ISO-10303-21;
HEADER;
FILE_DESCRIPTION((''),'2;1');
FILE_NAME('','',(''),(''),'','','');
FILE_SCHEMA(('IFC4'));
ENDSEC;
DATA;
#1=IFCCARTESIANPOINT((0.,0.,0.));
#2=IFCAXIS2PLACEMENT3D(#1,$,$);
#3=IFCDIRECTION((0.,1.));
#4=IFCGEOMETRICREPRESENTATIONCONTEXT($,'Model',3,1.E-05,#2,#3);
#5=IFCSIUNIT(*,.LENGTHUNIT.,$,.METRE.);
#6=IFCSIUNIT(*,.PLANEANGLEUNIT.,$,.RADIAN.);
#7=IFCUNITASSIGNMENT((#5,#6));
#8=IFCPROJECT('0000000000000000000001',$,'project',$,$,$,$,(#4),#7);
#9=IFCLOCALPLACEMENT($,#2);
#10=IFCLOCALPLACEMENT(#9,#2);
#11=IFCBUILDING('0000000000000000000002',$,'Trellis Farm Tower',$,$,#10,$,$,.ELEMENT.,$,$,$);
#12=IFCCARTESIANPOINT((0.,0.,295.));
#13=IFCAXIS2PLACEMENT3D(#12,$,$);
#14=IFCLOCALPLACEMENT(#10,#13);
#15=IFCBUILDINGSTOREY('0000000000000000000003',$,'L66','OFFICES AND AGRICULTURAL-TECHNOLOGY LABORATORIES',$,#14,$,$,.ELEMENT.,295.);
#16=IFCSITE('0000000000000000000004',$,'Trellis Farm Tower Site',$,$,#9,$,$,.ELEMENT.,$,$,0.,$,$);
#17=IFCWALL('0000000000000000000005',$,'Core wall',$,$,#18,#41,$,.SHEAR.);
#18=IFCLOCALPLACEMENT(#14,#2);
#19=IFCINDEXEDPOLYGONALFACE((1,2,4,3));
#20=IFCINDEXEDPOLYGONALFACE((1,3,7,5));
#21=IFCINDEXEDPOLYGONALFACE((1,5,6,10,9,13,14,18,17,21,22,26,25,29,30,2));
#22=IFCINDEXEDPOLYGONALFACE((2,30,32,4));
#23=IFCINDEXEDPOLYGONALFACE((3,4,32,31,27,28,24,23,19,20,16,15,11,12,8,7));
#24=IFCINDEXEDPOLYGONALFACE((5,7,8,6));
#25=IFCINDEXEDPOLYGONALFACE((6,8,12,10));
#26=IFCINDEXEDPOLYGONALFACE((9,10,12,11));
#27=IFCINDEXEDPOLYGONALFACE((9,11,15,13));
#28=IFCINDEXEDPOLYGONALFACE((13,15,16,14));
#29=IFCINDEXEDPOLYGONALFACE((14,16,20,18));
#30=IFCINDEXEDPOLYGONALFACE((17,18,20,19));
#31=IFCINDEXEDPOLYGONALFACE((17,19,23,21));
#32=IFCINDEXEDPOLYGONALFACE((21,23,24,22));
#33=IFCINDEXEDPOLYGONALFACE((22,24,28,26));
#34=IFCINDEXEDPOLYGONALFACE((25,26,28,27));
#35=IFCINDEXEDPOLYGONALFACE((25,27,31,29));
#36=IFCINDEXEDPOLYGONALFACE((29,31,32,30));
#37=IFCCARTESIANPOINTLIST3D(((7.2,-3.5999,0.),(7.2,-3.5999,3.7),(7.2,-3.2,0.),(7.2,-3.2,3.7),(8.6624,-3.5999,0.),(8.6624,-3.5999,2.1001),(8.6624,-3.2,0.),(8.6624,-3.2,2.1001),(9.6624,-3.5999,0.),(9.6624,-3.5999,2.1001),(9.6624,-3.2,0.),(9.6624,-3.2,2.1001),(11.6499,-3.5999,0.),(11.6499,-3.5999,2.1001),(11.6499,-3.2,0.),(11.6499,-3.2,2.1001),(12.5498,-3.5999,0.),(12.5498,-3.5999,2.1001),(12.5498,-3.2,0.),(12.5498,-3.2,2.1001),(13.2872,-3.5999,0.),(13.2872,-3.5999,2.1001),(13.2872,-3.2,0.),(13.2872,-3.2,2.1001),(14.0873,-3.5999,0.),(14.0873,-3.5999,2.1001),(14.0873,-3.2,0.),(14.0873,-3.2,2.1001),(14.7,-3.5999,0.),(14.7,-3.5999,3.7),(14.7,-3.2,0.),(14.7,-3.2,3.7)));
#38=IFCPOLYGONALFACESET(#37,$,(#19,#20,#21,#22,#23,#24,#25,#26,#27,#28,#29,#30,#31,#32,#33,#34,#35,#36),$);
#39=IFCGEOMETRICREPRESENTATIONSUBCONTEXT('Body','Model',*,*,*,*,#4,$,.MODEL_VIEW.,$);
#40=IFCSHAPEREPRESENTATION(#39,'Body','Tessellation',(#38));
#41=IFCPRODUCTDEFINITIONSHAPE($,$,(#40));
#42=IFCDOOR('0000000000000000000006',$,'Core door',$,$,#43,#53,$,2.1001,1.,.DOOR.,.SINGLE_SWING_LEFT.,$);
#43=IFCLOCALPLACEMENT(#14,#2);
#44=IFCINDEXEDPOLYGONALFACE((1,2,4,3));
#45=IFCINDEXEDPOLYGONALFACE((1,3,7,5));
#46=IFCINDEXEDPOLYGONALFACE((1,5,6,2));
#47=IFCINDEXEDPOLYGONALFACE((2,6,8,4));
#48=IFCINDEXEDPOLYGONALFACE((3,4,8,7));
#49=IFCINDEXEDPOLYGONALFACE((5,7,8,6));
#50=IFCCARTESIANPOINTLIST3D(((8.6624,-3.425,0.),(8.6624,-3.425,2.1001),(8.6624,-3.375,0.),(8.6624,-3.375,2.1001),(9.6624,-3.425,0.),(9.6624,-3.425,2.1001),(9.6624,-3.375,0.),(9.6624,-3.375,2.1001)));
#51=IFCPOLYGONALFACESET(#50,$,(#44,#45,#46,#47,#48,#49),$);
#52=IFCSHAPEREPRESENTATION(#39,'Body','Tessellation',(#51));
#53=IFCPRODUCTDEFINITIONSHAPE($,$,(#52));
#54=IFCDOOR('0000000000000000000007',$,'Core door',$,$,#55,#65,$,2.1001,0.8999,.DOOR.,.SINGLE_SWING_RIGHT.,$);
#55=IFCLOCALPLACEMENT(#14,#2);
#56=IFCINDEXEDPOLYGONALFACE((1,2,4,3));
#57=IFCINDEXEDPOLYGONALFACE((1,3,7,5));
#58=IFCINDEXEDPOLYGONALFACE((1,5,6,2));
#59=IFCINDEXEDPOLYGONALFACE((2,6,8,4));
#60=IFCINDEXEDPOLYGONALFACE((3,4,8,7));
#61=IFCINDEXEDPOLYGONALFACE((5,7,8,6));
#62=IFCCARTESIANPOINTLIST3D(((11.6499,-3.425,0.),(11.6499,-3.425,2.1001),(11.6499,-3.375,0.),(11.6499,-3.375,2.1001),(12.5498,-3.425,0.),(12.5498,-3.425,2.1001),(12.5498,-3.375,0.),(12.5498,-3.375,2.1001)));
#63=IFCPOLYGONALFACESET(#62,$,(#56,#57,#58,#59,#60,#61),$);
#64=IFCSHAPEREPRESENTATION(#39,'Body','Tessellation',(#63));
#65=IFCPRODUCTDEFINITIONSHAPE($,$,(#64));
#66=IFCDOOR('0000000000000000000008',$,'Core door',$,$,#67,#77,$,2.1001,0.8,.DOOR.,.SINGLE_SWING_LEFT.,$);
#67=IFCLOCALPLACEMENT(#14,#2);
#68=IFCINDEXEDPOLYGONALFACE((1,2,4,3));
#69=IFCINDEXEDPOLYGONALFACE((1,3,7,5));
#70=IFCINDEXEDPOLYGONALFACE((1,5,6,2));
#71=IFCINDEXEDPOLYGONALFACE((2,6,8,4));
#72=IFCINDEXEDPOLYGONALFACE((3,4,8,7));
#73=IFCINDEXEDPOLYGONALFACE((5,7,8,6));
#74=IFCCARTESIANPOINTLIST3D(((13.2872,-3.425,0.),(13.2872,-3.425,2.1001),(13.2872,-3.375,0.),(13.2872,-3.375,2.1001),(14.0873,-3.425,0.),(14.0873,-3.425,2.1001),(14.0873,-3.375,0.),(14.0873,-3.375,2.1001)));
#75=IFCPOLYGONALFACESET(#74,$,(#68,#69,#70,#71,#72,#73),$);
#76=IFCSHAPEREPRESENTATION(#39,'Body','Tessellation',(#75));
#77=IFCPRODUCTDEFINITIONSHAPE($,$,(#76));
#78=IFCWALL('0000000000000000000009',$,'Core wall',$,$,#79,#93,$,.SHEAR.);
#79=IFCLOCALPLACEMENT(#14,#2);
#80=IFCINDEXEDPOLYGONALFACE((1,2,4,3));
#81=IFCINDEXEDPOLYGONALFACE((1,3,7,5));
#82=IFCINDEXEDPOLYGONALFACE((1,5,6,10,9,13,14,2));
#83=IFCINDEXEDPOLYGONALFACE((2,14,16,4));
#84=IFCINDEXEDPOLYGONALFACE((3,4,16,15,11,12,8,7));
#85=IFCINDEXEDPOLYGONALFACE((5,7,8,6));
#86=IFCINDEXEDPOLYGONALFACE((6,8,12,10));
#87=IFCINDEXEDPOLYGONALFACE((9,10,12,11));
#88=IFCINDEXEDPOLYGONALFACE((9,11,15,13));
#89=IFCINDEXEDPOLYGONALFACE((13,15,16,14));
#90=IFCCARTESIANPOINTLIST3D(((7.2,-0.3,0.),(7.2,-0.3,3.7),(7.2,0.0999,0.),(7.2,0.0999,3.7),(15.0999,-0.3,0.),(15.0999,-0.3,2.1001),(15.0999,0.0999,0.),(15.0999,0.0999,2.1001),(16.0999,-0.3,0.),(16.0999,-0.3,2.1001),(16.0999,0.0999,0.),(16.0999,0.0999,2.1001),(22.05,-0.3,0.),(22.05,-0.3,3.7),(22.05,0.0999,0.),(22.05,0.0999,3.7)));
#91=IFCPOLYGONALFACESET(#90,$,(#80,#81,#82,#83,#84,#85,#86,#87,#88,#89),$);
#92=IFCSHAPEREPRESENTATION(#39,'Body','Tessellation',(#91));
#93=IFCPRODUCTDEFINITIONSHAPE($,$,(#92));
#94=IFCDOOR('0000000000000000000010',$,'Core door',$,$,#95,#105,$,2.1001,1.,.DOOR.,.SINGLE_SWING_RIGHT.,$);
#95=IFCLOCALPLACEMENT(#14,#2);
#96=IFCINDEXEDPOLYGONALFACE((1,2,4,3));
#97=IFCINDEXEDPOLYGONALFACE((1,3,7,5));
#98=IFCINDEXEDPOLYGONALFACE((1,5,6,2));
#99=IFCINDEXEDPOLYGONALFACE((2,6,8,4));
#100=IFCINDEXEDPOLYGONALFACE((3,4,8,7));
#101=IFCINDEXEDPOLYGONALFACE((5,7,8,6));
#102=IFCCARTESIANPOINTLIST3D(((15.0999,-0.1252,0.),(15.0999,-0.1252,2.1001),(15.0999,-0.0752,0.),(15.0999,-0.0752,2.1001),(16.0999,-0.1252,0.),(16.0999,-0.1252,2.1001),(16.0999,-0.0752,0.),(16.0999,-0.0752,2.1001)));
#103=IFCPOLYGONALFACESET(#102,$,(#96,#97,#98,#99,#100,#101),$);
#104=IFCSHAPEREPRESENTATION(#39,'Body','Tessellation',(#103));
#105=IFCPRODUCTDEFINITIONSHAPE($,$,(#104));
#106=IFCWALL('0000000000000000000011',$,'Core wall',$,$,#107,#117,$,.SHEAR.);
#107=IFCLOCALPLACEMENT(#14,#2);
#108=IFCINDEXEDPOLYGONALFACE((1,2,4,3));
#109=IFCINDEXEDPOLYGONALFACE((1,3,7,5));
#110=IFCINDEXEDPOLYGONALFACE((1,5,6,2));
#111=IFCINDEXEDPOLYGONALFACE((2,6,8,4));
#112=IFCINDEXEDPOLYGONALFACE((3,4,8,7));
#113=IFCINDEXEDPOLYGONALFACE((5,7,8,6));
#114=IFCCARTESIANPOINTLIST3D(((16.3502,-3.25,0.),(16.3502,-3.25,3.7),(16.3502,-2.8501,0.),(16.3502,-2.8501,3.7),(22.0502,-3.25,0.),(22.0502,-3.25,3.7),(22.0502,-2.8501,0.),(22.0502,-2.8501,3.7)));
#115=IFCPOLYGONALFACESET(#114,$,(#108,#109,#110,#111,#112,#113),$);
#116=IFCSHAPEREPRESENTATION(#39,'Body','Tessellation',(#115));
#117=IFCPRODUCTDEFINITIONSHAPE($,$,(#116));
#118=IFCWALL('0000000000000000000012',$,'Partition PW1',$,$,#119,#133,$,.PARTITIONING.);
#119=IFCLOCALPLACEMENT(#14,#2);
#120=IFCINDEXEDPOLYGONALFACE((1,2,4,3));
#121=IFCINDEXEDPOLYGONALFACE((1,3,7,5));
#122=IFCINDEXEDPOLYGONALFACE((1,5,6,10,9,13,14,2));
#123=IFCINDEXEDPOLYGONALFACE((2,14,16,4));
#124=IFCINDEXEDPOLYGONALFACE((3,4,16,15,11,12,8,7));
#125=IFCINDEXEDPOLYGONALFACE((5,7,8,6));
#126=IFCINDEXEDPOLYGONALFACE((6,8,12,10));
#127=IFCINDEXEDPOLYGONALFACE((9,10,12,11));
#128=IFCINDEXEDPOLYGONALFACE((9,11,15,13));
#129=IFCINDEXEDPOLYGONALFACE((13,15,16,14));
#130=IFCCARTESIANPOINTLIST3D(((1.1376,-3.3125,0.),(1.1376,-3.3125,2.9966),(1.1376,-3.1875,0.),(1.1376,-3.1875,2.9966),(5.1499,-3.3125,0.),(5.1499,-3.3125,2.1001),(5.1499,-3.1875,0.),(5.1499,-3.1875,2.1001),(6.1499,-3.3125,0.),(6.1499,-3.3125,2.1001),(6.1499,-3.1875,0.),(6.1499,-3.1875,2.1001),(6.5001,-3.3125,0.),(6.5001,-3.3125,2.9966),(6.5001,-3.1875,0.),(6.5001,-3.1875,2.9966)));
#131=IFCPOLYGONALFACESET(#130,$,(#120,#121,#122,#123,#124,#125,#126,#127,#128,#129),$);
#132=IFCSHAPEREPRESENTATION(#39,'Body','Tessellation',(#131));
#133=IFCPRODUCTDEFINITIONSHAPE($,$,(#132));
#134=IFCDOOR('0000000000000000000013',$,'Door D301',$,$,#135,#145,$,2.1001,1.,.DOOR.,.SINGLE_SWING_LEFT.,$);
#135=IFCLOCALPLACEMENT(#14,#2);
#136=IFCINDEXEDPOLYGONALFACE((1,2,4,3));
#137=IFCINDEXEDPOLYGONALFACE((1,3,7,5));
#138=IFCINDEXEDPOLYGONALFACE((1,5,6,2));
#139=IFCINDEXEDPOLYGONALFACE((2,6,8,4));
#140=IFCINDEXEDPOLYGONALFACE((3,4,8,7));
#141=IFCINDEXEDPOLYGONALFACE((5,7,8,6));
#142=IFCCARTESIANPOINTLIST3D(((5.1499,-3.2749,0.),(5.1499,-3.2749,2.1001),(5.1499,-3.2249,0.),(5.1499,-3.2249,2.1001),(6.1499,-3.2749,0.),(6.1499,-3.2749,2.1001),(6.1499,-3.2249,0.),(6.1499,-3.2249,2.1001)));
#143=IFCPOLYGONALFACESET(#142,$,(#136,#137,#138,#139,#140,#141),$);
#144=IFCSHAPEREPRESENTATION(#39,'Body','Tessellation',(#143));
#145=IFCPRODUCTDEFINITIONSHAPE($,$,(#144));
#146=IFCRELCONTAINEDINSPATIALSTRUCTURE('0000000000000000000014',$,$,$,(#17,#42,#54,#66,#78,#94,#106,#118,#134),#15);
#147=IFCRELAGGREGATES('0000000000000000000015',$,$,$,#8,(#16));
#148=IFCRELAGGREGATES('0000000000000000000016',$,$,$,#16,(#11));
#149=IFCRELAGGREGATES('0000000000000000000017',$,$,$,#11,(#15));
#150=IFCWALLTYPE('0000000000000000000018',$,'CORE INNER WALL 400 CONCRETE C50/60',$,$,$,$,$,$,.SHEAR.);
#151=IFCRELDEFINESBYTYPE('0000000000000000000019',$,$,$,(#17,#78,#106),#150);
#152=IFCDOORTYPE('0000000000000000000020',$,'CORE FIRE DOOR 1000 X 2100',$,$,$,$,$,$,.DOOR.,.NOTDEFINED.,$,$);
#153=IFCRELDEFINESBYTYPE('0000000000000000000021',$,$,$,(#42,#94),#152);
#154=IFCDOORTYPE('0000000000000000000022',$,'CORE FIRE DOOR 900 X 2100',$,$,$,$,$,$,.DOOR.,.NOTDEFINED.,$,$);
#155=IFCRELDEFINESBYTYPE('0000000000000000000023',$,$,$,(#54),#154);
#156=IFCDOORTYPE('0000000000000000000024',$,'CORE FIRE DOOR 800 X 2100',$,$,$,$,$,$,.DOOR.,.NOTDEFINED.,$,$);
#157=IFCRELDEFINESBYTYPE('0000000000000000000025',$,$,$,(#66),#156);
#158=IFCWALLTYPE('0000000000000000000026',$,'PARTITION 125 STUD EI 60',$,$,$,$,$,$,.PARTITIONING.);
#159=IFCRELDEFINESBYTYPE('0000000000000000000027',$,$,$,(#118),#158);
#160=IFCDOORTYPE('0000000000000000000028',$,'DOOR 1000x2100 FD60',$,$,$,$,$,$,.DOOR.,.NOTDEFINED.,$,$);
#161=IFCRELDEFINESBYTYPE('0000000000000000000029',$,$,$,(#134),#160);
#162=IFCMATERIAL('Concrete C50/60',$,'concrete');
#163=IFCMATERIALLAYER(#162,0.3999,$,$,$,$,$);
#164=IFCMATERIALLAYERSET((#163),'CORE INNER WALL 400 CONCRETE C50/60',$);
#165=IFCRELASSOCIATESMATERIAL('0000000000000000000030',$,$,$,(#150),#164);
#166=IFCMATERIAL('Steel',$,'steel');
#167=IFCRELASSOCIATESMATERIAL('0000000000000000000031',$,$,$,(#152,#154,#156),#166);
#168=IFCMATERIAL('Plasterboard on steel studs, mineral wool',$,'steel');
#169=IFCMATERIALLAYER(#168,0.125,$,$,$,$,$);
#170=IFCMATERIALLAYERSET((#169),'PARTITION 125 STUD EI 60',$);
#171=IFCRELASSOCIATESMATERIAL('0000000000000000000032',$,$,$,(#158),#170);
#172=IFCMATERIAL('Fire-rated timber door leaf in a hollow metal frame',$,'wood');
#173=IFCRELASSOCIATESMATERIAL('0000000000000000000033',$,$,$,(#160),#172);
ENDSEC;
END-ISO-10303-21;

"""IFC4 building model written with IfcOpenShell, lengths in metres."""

from ifc_helpers import new_model, si_unit, direction, frame, frame_2d, origin, place, context, subcontext, project, spatial, rectangle, extrude, source, transform, mapped, material, layer, layer_set, type_object, element, fill, save


model = new_model("IFC4")

# Units and contexts
model_context = context("Model", 3, precision=1e-05, world=origin(), true_north=direction((0.0, 1.0)))
body_context = subcontext(model_context, "Body", "Model", "MODEL_VIEW")
ifc_project = project(units=[si_unit("LENGTHUNIT", "METRE"), si_unit("PLANEANGLEUNIT", "RADIAN")], contexts=[model_context])

# Site, building, storey
site_placement = place(None, origin())
site = spatial("IfcSite", under=ifc_project, at=site_placement, Name="Trellis Farm Tower Site", CompositionType="ELEMENT", RefElevation=0.0)
building_placement = place(site_placement, origin())
building = spatial("IfcBuilding", under=site, at=building_placement, Name="Trellis Farm Tower", CompositionType="ELEMENT")
storey_placement = place(building_placement, frame((0.0, 0.0, 295.0)))
storey = spatial("IfcBuildingStorey", under=building, at=storey_placement, Name="L66", Description="OFFICES AND AGRICULTURAL-TECHNOLOGY LABORATORIES", CompositionType="ELEMENT", Elevation=295.0)

# Wall, openings, doors
ifc_material_1 = material(Name="Concrete C50/60", Category="concrete")
ifc_layer_1 = layer(ifc_material_1, 0.3999)
ifc_layer_set_1 = layer_set([ifc_layer_1], Name="CORE INNER WALL 400 CONCRETE C50/60")
wall_type_1 = type_object("IfcWallType", Name="CORE INNER WALL 400 CONCRETE C50/60", PredefinedType="SHEAR", material=ifc_layer_set_1)
shared_shape_1 = source(origin(), body_context, "Body", "SweptSolid", [
    extrude(rectangle(XDim=7.5, YDim=0.3999, at=frame_2d((3.75, 0.0))), origin(), (0.0, 0.0, 1.0), 3.7),
])
wall_1_placement = place(storey_placement, frame((7.2, -3.3999, 0.0), z_axis=(0.0, 0.0, 1.0), x_axis=(1.0, 0.0, 0.0)))
wall_1 = element("IfcWall", 1, at=wall_1_placement, inside=storey, type_object=wall_type_1, Name="Core wall", PredefinedType="SHEAR", context=body_context, shape_type="MappedRepresentation", body=[
    mapped(shared_shape_1, transform((0.0, 0.0, 0.0))),
])
shared_shape_2 = source(origin(), body_context, "Body", "SweptSolid", [
    extrude(rectangle(XDim=1.0, YDim=2.1001, at=frame_2d((0.5, 1.05))), frame((0.0, 0.21, 0.0), z_axis=(0.0, -1.0, 0.0), x_axis=(1.0, 0.0, 0.0)), (0.0, 0.0, 1.0), 0.4199),
])
opening_1_placement = place(wall_1_placement, frame((1.4624, 0.0, 0.0)))
opening_1 = element("IfcOpeningElement", 2, at=opening_1_placement, cuts=wall_1, PredefinedType="OPENING", context=body_context, shape_type="MappedRepresentation", body=[
    mapped(shared_shape_2, transform((0.0, 0.0, 0.0))),
])
shared_shape_3 = source(origin(), body_context, "Body", "SweptSolid", [
    extrude(rectangle(XDim=0.8999, YDim=2.1001, at=frame_2d((0.45, 1.05))), frame((0.0, 0.21, 0.0), z_axis=(0.0, -1.0, 0.0), x_axis=(1.0, 0.0, 0.0)), (0.0, 0.0, 1.0), 0.4199),
])
opening_2_placement = place(wall_1_placement, frame((4.45, 0.0, 0.0)))
opening_2 = element("IfcOpeningElement", 3, at=opening_2_placement, cuts=wall_1, PredefinedType="OPENING", context=body_context, shape_type="MappedRepresentation", body=[
    mapped(shared_shape_3, transform((0.0, 0.0, 0.0))),
])
shared_shape_4 = source(origin(), body_context, "Body", "SweptSolid", [
    extrude(rectangle(XDim=0.8, YDim=2.1001, at=frame_2d((0.3999, 1.05))), frame((0.0, 0.21, 0.0), z_axis=(0.0, -1.0, 0.0), x_axis=(1.0, 0.0, 0.0)), (0.0, 0.0, 1.0), 0.4199),
])
opening_3_placement = place(wall_1_placement, frame((6.0874, 0.0, 0.0)))
opening_3 = element("IfcOpeningElement", 4, at=opening_3_placement, cuts=wall_1, PredefinedType="OPENING", context=body_context, shape_type="MappedRepresentation", body=[
    mapped(shared_shape_4, transform((0.0, 0.0, 0.0))),
])
ifc_material_2 = material(Name="Steel", Category="steel")
door_type_1 = type_object("IfcDoorType", Name="CORE FIRE DOOR 1000 X 2100", OperationType="NOTDEFINED", PredefinedType="DOOR", material=ifc_material_2)
shared_shape_5 = source(origin(), body_context, "Body", "SweptSolid", [
    extrude(rectangle(XDim=1.0, YDim=2.1001, at=frame_2d((0.5, 1.05))), frame((0.0, 0.0249, 0.0), z_axis=(0.0, -1.0, 0.0), x_axis=(1.0, 0.0, 0.0)), (0.0, 0.0, 1.0), 0.05),
])
door_1_placement = place(opening_1_placement, origin())
door_1 = element("IfcDoor", 5, at=door_1_placement, inside=storey, type_object=door_type_1, Name="Core door", OperationType="SINGLE_SWING_LEFT", OverallHeight=2.1001, OverallWidth=1.0, PredefinedType="DOOR", context=body_context, shape_type="MappedRepresentation", body=[
    mapped(shared_shape_5, transform((0.0, 0.0, 0.0))),
])
fill(opening_1, door_1)
door_type_2 = type_object("IfcDoorType", Name="CORE FIRE DOOR 900 X 2100", OperationType="NOTDEFINED", PredefinedType="DOOR", material=ifc_material_2)
shared_shape_6 = source(origin(), body_context, "Body", "SweptSolid", [
    extrude(rectangle(XDim=0.8999, YDim=2.1001, at=frame_2d((0.45, 1.05))), frame((0.0, 0.0249, 0.0), z_axis=(0.0, -1.0, 0.0), x_axis=(1.0, 0.0, 0.0)), (0.0, 0.0, 1.0), 0.05),
])
door_2_placement = place(opening_2_placement, origin())
door_2 = element("IfcDoor", 6, at=door_2_placement, inside=storey, type_object=door_type_2, Name="Core door", OperationType="SINGLE_SWING_RIGHT", OverallHeight=2.1001, OverallWidth=0.8999, PredefinedType="DOOR", context=body_context, shape_type="MappedRepresentation", body=[
    mapped(shared_shape_6, transform((0.0, 0.0, 0.0))),
])
fill(opening_2, door_2)
door_type_3 = type_object("IfcDoorType", Name="CORE FIRE DOOR 800 X 2100", OperationType="NOTDEFINED", PredefinedType="DOOR", material=ifc_material_2)
shared_shape_7 = source(origin(), body_context, "Body", "SweptSolid", [
    extrude(rectangle(XDim=0.8, YDim=2.1001, at=frame_2d((0.3999, 1.05))), frame((0.0, 0.0249, 0.0), z_axis=(0.0, -1.0, 0.0), x_axis=(1.0, 0.0, 0.0)), (0.0, 0.0, 1.0), 0.05),
])
door_3_placement = place(opening_3_placement, origin())
door_3 = element("IfcDoor", 7, at=door_3_placement, inside=storey, type_object=door_type_3, Name="Core door", OperationType="SINGLE_SWING_LEFT", OverallHeight=2.1001, OverallWidth=0.8, PredefinedType="DOOR", context=body_context, shape_type="MappedRepresentation", body=[
    mapped(shared_shape_7, transform((0.0, 0.0, 0.0))),
])
fill(opening_3, door_3)

# Wall, opening, door
shared_shape_8 = source(origin(), body_context, "Body", "SweptSolid", [
    extrude(rectangle(XDim=14.8501, YDim=0.3999, at=frame_2d((7.425, 0.0))), origin(), (0.0, 0.0, 1.0), 3.7),
])
wall_2_placement = place(storey_placement, frame((7.2, -0.1001, 0.0), z_axis=(0.0, 0.0, 1.0), x_axis=(1.0, 0.0, 0.0)))
wall_2 = element("IfcWall", 8, at=wall_2_placement, inside=storey, type_object=wall_type_1, Name="Core wall", PredefinedType="SHEAR", context=body_context, shape_type="MappedRepresentation", body=[
    mapped(shared_shape_8, transform((0.0, 0.0, 0.0))),
])
opening_4_placement = place(wall_2_placement, frame((7.8999, 0.0, 0.0)))
opening_4 = element("IfcOpeningElement", 9, at=opening_4_placement, cuts=wall_2, PredefinedType="OPENING", context=body_context, shape_type="MappedRepresentation", body=[
    mapped(shared_shape_2, transform((0.0, 0.0, 0.0))),
])
door_4_placement = place(opening_4_placement, origin())
door_4 = element("IfcDoor", 10, at=door_4_placement, inside=storey, type_object=door_type_1, Name="Core door", OperationType="SINGLE_SWING_RIGHT", OverallHeight=2.1001, OverallWidth=1.0, PredefinedType="DOOR", context=body_context, shape_type="MappedRepresentation", body=[
    mapped(shared_shape_5, transform((0.0, 0.0, 0.0))),
])
fill(opening_4, door_4)

# Wall
shared_shape_9 = source(origin(), body_context, "Body", "SweptSolid", [
    extrude(rectangle(XDim=5.7, YDim=0.3999, at=frame_2d((2.8501, 0.0))), origin(), (0.0, 0.0, 1.0), 3.7),
])
wall_3_placement = place(storey_placement, frame((16.3501, -3.05, 0.0), z_axis=(0.0, 0.0, 1.0), x_axis=(1.0, 0.0, 0.0)))
element("IfcWall", 11, at=wall_3_placement, inside=storey, type_object=wall_type_1, Name="Core wall", PredefinedType="SHEAR", context=body_context, shape_type="MappedRepresentation", body=[
    mapped(shared_shape_9, transform((0.0, 0.0, 0.0))),
])

# Wall, opening, door
ifc_material_3 = material(Name="Plasterboard on steel studs, mineral wool", Category="steel")
ifc_layer_2 = layer(ifc_material_3, 0.125)
ifc_layer_set_2 = layer_set([ifc_layer_2], Name="PARTITION 125 STUD EI 60")
wall_type_2 = type_object("IfcWallType", Name="PARTITION 125 STUD EI 60", PredefinedType="PARTITIONING", material=ifc_layer_set_2)
shared_shape_10 = source(origin(), body_context, "Body", "SweptSolid", [
    extrude(rectangle(XDim=5.3625, YDim=0.125, at=frame_2d((2.6812, 0.0))), origin(), (0.0, 0.0, 1.0), 2.9966),
])
wall_4_placement = place(storey_placement, frame((6.5, -3.25, 0.0), z_axis=(0.0, 0.0, 1.0), x_axis=(-1.0, 0.0, 0.0)))
wall_4 = element("IfcWall", 12, at=wall_4_placement, inside=storey, type_object=wall_type_2, Name="Partition PW1", PredefinedType="PARTITIONING", context=body_context, shape_type="MappedRepresentation", body=[
    mapped(shared_shape_10, transform((0.0, 0.0, 0.0))),
])
shared_shape_11 = source(origin(), body_context, "Body", "SweptSolid", [
    extrude(rectangle(XDim=1.0, YDim=2.1001, at=frame_2d((0.5, 1.05))), frame((0.0, 0.0725, 0.0), z_axis=(0.0, -1.0, 0.0), x_axis=(1.0, 0.0, 0.0)), (0.0, 0.0, 1.0), 0.145),
])
opening_5_placement = place(wall_4_placement, frame((0.3501, 0.0, 0.0)))
opening_5 = element("IfcOpeningElement", 13, at=opening_5_placement, cuts=wall_4, PredefinedType="OPENING", context=body_context, shape_type="MappedRepresentation", body=[
    mapped(shared_shape_11, transform((0.0, 0.0, 0.0))),
])
ifc_material_4 = material(Name="Fire-rated timber door leaf in a hollow metal frame", Category="wood")
door_type_4 = type_object("IfcDoorType", Name="DOOR 1000x2100 FD60", OperationType="NOTDEFINED", PredefinedType="DOOR", material=ifc_material_4)
door_5_placement = place(opening_5_placement, origin())
door_5 = element("IfcDoor", 14, at=door_5_placement, inside=storey, type_object=door_type_4, Name="Door D301", OperationType="SINGLE_SWING_LEFT", OverallHeight=2.1001, OverallWidth=1.0, PredefinedType="DOOR", context=body_context, shape_type="MappedRepresentation", body=[
    mapped(shared_shape_5, transform((0.0, 0.0, 0.0))),
])
fill(opening_5, door_5)

save(model, "model.ifc")
